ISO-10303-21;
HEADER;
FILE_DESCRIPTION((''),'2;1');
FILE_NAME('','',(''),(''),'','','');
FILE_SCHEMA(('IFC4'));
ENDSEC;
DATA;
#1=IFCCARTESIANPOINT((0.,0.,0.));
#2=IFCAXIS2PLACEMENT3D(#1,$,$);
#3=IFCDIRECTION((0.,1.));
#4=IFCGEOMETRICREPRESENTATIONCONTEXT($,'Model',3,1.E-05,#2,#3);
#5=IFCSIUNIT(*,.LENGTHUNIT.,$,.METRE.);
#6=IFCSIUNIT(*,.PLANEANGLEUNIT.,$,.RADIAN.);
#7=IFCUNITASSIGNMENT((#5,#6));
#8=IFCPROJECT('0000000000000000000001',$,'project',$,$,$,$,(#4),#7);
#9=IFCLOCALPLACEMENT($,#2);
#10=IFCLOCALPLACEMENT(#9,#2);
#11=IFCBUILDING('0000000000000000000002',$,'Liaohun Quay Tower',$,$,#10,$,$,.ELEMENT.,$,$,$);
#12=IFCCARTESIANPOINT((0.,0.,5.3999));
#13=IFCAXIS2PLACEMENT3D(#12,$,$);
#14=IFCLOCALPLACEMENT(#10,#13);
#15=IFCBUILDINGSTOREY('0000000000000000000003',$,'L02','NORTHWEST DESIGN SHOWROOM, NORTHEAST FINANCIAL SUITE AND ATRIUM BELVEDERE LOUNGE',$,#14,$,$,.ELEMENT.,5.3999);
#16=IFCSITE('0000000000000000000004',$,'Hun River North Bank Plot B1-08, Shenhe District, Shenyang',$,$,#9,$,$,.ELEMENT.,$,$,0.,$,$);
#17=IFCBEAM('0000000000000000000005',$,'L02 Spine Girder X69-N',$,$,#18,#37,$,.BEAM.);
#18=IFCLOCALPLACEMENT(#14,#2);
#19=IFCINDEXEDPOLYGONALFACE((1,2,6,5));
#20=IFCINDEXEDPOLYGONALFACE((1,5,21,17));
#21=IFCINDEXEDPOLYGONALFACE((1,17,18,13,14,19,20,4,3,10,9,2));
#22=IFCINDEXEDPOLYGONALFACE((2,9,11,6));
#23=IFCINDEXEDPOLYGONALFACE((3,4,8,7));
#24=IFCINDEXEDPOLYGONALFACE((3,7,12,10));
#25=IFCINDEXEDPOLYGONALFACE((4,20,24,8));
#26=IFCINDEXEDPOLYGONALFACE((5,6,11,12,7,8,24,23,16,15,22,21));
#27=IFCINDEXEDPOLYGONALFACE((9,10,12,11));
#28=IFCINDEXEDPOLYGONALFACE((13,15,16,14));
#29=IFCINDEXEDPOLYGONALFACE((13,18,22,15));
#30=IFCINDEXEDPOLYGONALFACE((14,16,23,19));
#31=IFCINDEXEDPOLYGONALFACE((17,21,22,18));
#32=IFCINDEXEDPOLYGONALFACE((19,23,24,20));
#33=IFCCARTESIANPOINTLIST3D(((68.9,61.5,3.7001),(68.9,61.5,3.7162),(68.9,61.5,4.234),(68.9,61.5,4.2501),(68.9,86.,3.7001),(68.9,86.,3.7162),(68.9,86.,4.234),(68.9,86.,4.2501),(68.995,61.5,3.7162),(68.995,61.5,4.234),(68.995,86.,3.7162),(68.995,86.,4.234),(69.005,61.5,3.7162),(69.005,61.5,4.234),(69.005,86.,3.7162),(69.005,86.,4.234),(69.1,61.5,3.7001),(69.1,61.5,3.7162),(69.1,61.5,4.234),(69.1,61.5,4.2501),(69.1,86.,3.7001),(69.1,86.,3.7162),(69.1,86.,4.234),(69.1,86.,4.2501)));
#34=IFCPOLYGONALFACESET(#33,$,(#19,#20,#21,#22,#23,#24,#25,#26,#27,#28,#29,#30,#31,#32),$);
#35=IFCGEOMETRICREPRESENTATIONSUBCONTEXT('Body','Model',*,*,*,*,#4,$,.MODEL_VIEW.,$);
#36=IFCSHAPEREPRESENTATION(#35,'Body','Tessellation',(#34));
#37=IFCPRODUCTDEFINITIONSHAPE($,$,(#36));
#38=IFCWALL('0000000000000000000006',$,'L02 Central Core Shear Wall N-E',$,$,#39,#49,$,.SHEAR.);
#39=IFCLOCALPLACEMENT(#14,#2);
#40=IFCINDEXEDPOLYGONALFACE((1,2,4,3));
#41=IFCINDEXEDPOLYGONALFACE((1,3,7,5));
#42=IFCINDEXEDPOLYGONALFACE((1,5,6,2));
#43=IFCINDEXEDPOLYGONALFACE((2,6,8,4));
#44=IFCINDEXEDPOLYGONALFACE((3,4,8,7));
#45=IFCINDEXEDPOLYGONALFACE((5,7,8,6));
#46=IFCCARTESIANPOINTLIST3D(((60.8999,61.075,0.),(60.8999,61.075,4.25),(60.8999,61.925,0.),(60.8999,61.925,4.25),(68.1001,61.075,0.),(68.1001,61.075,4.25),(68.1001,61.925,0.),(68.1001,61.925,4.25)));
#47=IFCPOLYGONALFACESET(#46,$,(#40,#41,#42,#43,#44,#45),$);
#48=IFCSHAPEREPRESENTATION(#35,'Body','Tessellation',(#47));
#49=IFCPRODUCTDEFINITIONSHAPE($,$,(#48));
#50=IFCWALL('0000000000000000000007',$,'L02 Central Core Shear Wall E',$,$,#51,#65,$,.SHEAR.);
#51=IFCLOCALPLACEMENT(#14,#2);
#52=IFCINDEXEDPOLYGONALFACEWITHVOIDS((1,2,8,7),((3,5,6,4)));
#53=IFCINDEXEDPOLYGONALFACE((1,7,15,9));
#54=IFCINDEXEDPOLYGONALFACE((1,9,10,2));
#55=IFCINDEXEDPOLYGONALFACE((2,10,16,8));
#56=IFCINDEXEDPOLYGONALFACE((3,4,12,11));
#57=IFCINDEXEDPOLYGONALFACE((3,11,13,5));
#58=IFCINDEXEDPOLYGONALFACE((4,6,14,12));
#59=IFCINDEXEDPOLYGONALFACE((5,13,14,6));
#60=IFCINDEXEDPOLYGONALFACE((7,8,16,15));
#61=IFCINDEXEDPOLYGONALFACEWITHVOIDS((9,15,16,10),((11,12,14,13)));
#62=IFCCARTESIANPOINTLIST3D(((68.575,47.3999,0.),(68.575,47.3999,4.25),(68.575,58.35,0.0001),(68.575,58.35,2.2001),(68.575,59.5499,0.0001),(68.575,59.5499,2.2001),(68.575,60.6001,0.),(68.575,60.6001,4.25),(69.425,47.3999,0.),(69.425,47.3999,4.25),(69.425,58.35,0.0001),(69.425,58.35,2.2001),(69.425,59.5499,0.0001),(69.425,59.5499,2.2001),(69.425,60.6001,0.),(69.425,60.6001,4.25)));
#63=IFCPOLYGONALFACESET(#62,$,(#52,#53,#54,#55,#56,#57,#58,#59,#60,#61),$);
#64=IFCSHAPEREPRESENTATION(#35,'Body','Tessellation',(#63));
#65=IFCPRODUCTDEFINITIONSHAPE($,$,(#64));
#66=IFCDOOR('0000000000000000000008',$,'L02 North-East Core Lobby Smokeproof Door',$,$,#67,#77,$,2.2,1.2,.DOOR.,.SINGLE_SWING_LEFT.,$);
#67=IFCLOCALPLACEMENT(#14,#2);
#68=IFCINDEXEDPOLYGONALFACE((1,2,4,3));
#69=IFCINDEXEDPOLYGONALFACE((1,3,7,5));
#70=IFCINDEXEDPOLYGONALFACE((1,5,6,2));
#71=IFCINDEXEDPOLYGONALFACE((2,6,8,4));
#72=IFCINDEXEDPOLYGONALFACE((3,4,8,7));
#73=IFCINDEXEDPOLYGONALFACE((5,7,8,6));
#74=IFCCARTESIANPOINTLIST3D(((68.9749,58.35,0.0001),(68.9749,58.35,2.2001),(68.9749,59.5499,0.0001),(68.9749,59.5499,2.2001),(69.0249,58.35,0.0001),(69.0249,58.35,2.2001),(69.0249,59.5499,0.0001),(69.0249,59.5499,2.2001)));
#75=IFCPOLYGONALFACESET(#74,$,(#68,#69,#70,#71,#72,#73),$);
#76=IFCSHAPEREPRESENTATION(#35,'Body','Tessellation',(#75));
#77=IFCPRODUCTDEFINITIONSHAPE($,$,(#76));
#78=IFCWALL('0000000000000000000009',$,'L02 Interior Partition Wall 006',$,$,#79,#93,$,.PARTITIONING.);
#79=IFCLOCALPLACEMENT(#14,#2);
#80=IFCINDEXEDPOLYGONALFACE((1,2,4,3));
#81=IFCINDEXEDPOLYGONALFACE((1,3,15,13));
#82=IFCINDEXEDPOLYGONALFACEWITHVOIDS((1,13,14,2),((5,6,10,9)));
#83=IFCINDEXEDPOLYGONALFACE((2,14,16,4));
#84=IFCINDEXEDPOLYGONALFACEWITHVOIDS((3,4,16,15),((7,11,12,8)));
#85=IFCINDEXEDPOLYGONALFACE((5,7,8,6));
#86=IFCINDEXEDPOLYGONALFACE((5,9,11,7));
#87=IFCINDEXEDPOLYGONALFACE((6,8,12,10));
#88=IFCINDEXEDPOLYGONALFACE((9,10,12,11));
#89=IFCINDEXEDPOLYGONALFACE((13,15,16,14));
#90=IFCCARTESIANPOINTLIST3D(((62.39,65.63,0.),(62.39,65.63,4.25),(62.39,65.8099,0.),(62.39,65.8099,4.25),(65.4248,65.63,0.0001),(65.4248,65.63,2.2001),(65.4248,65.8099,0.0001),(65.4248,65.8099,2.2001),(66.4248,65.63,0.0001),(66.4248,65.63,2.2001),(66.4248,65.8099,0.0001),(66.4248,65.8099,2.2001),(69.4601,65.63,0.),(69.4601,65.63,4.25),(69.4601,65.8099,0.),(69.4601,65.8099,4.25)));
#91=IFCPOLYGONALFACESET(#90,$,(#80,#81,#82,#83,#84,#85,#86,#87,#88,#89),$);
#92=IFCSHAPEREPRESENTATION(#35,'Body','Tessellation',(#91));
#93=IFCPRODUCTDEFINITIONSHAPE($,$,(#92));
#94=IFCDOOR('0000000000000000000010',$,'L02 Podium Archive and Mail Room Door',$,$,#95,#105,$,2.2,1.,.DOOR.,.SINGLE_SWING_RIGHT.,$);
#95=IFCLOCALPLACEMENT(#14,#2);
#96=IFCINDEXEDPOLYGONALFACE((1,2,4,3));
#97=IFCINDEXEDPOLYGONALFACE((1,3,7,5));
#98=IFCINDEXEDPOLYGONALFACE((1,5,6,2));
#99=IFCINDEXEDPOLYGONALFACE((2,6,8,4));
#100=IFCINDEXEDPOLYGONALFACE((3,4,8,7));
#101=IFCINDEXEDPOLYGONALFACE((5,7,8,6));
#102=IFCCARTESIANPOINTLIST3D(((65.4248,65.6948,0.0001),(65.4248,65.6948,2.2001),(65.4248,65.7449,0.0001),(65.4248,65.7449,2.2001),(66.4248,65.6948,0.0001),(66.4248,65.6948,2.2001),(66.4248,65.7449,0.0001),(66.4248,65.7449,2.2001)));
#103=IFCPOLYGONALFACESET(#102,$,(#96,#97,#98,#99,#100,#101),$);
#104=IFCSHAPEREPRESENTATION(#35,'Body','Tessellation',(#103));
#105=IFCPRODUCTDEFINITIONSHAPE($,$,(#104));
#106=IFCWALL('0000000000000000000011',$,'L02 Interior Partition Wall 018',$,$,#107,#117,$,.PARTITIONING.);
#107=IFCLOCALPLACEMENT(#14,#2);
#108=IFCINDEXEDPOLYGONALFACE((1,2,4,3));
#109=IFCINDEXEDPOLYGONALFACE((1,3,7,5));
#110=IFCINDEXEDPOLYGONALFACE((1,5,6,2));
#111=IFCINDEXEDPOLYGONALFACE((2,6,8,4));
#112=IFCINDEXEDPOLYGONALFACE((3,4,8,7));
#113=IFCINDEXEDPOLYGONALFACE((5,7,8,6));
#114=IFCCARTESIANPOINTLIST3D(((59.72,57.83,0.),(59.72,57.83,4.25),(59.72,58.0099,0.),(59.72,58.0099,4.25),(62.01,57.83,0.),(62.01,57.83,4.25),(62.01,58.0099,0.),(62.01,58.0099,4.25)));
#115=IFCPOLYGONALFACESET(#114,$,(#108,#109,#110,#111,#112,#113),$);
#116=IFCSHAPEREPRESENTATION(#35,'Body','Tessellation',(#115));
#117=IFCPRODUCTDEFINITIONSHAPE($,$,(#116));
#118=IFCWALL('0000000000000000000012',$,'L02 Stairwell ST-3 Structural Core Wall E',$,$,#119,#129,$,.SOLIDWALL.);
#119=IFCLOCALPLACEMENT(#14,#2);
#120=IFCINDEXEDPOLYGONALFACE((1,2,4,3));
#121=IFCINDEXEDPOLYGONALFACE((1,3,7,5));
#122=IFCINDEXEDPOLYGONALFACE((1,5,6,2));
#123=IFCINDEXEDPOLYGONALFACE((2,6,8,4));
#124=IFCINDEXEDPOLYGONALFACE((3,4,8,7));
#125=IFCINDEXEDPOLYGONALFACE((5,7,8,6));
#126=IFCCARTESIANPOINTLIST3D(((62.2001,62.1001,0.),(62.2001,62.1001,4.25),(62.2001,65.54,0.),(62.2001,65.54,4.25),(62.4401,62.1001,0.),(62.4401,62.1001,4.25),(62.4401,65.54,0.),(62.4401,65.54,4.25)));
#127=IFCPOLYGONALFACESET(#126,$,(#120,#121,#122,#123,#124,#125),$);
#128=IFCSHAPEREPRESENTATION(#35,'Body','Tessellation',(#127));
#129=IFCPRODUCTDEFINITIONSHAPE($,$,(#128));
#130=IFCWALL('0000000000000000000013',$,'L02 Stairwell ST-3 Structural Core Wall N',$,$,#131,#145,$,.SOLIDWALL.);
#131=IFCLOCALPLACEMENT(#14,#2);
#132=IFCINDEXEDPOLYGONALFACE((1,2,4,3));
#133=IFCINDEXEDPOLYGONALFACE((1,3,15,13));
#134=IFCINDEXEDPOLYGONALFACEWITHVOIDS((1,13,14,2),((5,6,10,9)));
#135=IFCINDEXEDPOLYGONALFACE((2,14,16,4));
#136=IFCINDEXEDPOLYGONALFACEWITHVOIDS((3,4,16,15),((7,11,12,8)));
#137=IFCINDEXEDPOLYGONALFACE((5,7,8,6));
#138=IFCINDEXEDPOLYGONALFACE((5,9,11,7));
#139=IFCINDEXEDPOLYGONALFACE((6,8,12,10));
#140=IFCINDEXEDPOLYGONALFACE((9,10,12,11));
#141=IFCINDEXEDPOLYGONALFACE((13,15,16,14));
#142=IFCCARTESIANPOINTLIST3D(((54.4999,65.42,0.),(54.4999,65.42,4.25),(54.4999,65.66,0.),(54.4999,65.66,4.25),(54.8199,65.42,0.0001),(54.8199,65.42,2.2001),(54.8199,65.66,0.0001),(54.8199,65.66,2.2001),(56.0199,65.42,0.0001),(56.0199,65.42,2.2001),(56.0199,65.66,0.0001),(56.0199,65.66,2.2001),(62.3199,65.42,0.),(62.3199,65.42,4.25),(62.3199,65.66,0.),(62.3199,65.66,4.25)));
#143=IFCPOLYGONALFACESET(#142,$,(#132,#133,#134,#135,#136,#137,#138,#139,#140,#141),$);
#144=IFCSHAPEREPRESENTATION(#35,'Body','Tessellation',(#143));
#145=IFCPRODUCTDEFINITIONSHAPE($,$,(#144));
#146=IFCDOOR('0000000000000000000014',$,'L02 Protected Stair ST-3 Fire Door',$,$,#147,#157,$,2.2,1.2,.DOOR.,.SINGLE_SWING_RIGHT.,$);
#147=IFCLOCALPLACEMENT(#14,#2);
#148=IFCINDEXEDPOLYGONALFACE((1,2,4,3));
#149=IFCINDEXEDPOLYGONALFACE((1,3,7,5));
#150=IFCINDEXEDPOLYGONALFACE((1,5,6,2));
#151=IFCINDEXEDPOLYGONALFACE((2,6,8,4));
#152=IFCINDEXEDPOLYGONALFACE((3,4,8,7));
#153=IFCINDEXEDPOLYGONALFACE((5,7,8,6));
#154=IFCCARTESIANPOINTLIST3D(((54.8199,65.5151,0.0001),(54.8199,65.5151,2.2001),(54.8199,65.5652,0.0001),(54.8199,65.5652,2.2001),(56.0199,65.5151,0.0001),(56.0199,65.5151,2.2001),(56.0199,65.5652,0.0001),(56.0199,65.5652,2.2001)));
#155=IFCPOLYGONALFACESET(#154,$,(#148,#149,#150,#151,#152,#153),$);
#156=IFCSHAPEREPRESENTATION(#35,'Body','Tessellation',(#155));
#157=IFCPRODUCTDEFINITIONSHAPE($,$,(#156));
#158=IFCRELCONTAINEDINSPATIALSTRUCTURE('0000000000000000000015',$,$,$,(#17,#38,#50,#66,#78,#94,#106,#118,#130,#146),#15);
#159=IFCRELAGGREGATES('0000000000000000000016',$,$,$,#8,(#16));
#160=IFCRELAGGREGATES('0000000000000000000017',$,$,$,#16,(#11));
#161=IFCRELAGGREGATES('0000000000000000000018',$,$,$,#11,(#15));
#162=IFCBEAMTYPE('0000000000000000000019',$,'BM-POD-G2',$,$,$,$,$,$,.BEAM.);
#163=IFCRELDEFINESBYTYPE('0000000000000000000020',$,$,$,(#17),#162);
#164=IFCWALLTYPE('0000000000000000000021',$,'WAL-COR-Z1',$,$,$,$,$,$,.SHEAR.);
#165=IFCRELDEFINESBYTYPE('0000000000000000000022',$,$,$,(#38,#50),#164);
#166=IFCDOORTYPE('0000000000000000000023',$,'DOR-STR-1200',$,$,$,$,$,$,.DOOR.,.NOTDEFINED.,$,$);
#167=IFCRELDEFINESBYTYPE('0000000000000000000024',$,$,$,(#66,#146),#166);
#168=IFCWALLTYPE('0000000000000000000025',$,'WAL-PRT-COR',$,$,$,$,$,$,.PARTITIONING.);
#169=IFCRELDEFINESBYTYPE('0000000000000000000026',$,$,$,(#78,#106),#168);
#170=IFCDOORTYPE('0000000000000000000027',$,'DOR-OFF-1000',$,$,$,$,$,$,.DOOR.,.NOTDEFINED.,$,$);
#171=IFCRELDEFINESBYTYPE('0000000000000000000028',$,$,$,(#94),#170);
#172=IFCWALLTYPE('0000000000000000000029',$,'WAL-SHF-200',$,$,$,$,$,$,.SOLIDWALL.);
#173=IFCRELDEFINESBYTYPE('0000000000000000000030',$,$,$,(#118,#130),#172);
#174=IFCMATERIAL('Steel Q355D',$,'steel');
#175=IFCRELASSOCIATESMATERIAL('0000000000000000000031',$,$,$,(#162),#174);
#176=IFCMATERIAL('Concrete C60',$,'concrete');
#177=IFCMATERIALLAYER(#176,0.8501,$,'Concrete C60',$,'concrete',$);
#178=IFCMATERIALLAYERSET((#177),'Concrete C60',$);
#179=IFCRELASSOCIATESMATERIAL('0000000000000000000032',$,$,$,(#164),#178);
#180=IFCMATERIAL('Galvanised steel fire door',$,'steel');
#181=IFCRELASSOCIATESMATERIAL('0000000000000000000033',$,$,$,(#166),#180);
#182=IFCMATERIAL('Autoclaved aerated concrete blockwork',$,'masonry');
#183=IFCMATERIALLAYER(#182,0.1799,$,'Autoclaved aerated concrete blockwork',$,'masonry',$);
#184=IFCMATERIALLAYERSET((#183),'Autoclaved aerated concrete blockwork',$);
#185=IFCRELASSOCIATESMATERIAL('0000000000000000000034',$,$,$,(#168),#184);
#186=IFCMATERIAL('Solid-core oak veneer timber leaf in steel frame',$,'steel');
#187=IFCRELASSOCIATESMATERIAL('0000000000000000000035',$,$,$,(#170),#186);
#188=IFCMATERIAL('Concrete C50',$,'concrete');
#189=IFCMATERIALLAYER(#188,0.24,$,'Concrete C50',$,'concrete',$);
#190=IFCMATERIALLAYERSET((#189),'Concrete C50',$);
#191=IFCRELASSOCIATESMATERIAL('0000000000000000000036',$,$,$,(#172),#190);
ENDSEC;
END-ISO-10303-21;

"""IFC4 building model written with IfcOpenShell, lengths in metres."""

from ifc_helpers import new_model, si_unit, direction, frame, frame_2d, origin, origin_2d, place, context, subcontext, project, spatial, rectangle, i_section, extrude, source, transform, mapped, material, layer, layer_set, material_profile, profile_set, type_object, element, fill, save


model = new_model("IFC4")

# Units and contexts
model_context = context("Model", 3, precision=1e-05, world=origin(), true_north=direction((0.0, 1.0)))
body_context = subcontext(model_context, "Body", "Model", "MODEL_VIEW")
ifc_project = project(units=[si_unit("LENGTHUNIT", "METRE"), si_unit("PLANEANGLEUNIT", "RADIAN")], contexts=[model_context])

# Site, building, storey
site_placement = place(None, origin())
site = spatial("IfcSite", under=ifc_project, at=site_placement, Name="Hun River North Bank Plot B1-08, Shenhe District, Shenyang", CompositionType="ELEMENT", RefElevation=0.0)
building_placement = place(site_placement, origin())
building = spatial("IfcBuilding", under=site, at=building_placement, Name="Liaohun Quay Tower", CompositionType="ELEMENT")
storey_placement = place(building_placement, frame((0.0, 0.0, 5.3999)))
storey = spatial("IfcBuildingStorey", under=building, at=storey_placement, Name="L02", Description="NORTHWEST DESIGN SHOWROOM, NORTHEAST FINANCIAL SUITE AND ATRIUM BELVEDERE LOUNGE", CompositionType="ELEMENT", Elevation=5.3999)

# Shared definitions
ifc_material_1 = material(Name="Concrete C60", Category="concrete")

# Beam
ifc_material_2 = material(Name="Steel Q355D", Category="steel")
ifc_material_profile_1 = material_profile(ifc_material_2, i_section(OverallWidth=0.2, OverallDepth=0.55, WebThickness=0.01, FlangeThickness=0.0161, at=origin_2d()), Name="HN550x200x10x16")
ifc_profile_set_1 = profile_set([ifc_material_profile_1], Name="Steel Q355D")
beam_type_1 = type_object("IfcBeamType", Name="BM-POD-G2", PredefinedType="BEAM", material=ifc_profile_set_1)
shared_shape_1 = source(origin(), body_context, "Body", "SweptSolid", [
    extrude(i_section(OverallWidth=0.2, OverallDepth=0.55, WebThickness=0.01, FlangeThickness=0.0161, at=origin_2d()), origin(), (0.0, 0.0, 1.0), 24.5),
])
beam_1_placement = place(storey_placement, frame((69.0, 61.5, 3.9751), z_axis=(0.0, 1.0, 0.0), x_axis=(-1.0, 0.0, 0.0)))
element("IfcBeam", 1, at=beam_1_placement, inside=storey, type_object=beam_type_1, Name="L02 Spine Girder X69-N", PredefinedType="BEAM", context=body_context, shape_type="MappedRepresentation", body=[
    mapped(shared_shape_1, transform((0.0, 0.0, 0.0), x_axis=(1.0, 0.0, 0.0), y_axis=(0.0, 1.0, 0.0), z_axis=(0.0, 0.0, 1.0), scale=1.0)),
])

# Wall
ifc_layer_1 = layer(ifc_material_1, 0.8501, Name="Concrete C60", Category="concrete")
ifc_layer_set_1 = layer_set([ifc_layer_1], Name="Concrete C60")
wall_type_1 = type_object("IfcWallType", Name="WAL-COR-Z1", PredefinedType="SHEAR", material=ifc_layer_set_1)
wall_1_placement = place(storey_placement, frame((60.8999, 61.5, 0.0), z_axis=(0.0, 0.0, 1.0), x_axis=(1.0, 0.0, 0.0)))
element("IfcWall", 2, at=wall_1_placement, inside=storey, type_object=wall_type_1, Name="L02 Central Core Shear Wall N-E", PredefinedType="SHEAR", context=body_context, shape_type="SweptSolid", body=[
    extrude(rectangle(XDim=7.2002, YDim=0.8501, at=frame_2d((3.6001, 0.0))), origin(), (0.0, 0.0, 1.0), 4.25),
])

# Walls, openings, doors
wall_2_placement = place(storey_placement, frame((69.0, 60.6001, 0.0), z_axis=(0.0, 0.0, 1.0), x_axis=(0.0, -1.0, 0.0)))
wall_2 = element("IfcWall", 3, at=wall_2_placement, inside=storey, type_object=wall_type_1, Name="L02 Central Core Shear Wall E", PredefinedType="SHEAR", context=body_context, shape_type="SweptSolid", body=[
    extrude(rectangle(XDim=13.2002, YDim=0.8501, at=frame_2d((6.6001, 0.0))), origin(), (0.0, 0.0, 1.0), 4.25),
])
shared_shape_2 = source(origin(), body_context, "Body", "SweptSolid", [
    extrude(rectangle(XDim=1.2, YDim=2.2, at=frame_2d((0.6001, 1.1001))), frame((0.0, 0.4351, 0.0), z_axis=(0.0, -1.0, 0.0), x_axis=(1.0, 0.0, 0.0)), (0.0, 0.0, 1.0), 0.8701),
])
opening_1_placement = place(wall_2_placement, frame((1.05, 0.0, 0.0)))
opening_1 = element("IfcOpeningElement", 4, at=opening_1_placement, cuts=wall_2, PredefinedType="OPENING", context=body_context, shape_type="MappedRepresentation", body=[
    mapped(shared_shape_2, transform((0.0, 0.0, 0.0), x_axis=(1.0, 0.0, 0.0), y_axis=(0.0, 1.0, 0.0), z_axis=(0.0, 0.0, 1.0), scale=1.0)),
])
ifc_material_3 = material(Name="Galvanised steel fire door", Category="steel")
door_type_1 = type_object("IfcDoorType", Name="DOR-STR-1200", OperationType="NOTDEFINED", PredefinedType="DOOR", material=ifc_material_3)
shared_shape_3 = source(origin(), body_context, "Body", "SweptSolid", [
    extrude(rectangle(XDim=1.2, YDim=2.2, at=frame_2d((0.6001, 1.1001))), frame((0.0, 0.0249, 0.0), z_axis=(0.0, -1.0, 0.0), x_axis=(1.0, 0.0, 0.0)), (0.0, 0.0, 1.0), 0.05),
])
door_1_placement = place(opening_1_placement, origin())
door_1 = element("IfcDoor", 5, at=door_1_placement, inside=storey, type_object=door_type_1, Name="L02 North-East Core Lobby Smokeproof Door", OperationType="SINGLE_SWING_LEFT", OverallHeight=2.2, OverallWidth=1.2, PredefinedType="DOOR", context=body_context, shape_type="MappedRepresentation", body=[
    mapped(shared_shape_3, transform((0.0, 0.0, 0.0), x_axis=(1.0, 0.0, 0.0), y_axis=(0.0, 1.0, 0.0), z_axis=(0.0, 0.0, 1.0), scale=1.0)),
])
fill(opening_1, door_1)
ifc_material_4 = material(Name="Autoclaved aerated concrete blockwork", Category="masonry")
ifc_layer_2 = layer(ifc_material_4, 0.1799, Name="Autoclaved aerated concrete blockwork", Category="masonry")
ifc_layer_set_2 = layer_set([ifc_layer_2], Name="Autoclaved aerated concrete blockwork")
wall_type_2 = type_object("IfcWallType", Name="WAL-PRT-COR", PredefinedType="PARTITIONING", material=ifc_layer_set_2)
wall_3_placement = place(storey_placement, frame((62.3899, 65.72, 0.0), z_axis=(0.0, 0.0, 1.0), x_axis=(1.0, 0.0, 0.0)))
wall_3 = element("IfcWall", 6, at=wall_3_placement, inside=storey, type_object=wall_type_2, Name="L02 Interior Partition Wall 006", PredefinedType="PARTITIONING", context=body_context, shape_type="SweptSolid", body=[
    extrude(rectangle(XDim=7.0701, YDim=0.1799, at=frame_2d((3.5352, 0.0))), origin(), (0.0, 0.0, 1.0), 4.25),
])
shared_shape_4 = source(origin(), body_context, "Body", "SweptSolid", [
    extrude(rectangle(XDim=1.0, YDim=2.2, at=frame_2d((0.5, 1.1001))), frame((0.0, 0.0999, 0.0), z_axis=(0.0, -1.0, 0.0), x_axis=(1.0, 0.0, 0.0)), (0.0, 0.0, 1.0), 0.2),
])
opening_2_placement = place(wall_3_placement, frame((3.0349, 0.0, 0.0)))
opening_2 = element("IfcOpeningElement", 7, at=opening_2_placement, cuts=wall_3, PredefinedType="OPENING", context=body_context, shape_type="MappedRepresentation", body=[
    mapped(shared_shape_4, transform((0.0, 0.0, 0.0), x_axis=(1.0, 0.0, 0.0), y_axis=(0.0, 1.0, 0.0), z_axis=(0.0, 0.0, 1.0), scale=1.0)),
])
ifc_material_5 = material(Name="Solid-core oak veneer timber leaf in steel frame", Category="steel")
door_type_2 = type_object("IfcDoorType", Name="DOR-OFF-1000", OperationType="NOTDEFINED", PredefinedType="DOOR", material=ifc_material_5)
shared_shape_5 = source(origin(), body_context, "Body", "SweptSolid", [
    extrude(rectangle(XDim=1.0, YDim=2.2, at=frame_2d((0.5, 1.1001))), frame((0.0, 0.0249, 0.0), z_axis=(0.0, -1.0, 0.0), x_axis=(1.0, 0.0, 0.0)), (0.0, 0.0, 1.0), 0.05),
])
door_2_placement = place(opening_2_placement, origin())
door_2 = element("IfcDoor", 8, at=door_2_placement, inside=storey, type_object=door_type_2, Name="L02 Podium Archive and Mail Room Door", OperationType="SINGLE_SWING_RIGHT", OverallHeight=2.2, OverallWidth=1.0, PredefinedType="DOOR", context=body_context, shape_type="MappedRepresentation", body=[
    mapped(shared_shape_5, transform((0.0, 0.0, 0.0), x_axis=(1.0, 0.0, 0.0), y_axis=(0.0, 1.0, 0.0), z_axis=(0.0, 0.0, 1.0), scale=1.0)),
])
fill(opening_2, door_2)

# Walls
wall_4_placement = place(storey_placement, frame((59.72, 57.9199, 0.0), z_axis=(0.0, 0.0, 1.0), x_axis=(1.0, 0.0, 0.0)))
element("IfcWall", 9, at=wall_4_placement, inside=storey, type_object=wall_type_2, Name="L02 Interior Partition Wall 018", PredefinedType="PARTITIONING", context=body_context, shape_type="SweptSolid", body=[
    extrude(rectangle(XDim=2.29, YDim=0.1799, at=frame_2d((1.145, 0.0))), origin(), (0.0, 0.0, 1.0), 4.25),
])
ifc_material_6 = material(Name="Concrete C50", Category="concrete")
ifc_layer_3 = layer(ifc_material_6, 0.24, Name="Concrete C50", Category="concrete")
ifc_layer_set_3 = layer_set([ifc_layer_3], Name="Concrete C50")
wall_type_3 = type_object("IfcWallType", Name="WAL-SHF-200", PredefinedType="SOLIDWALL", material=ifc_layer_set_3)
wall_5_placement = place(storey_placement, frame((62.3201, 62.1001, 0.0), z_axis=(0.0, 0.0, 1.0), x_axis=(0.0, 1.0, 0.0)))
element("IfcWall", 10, at=wall_5_placement, inside=storey, type_object=wall_type_3, Name="L02 Stairwell ST-3 Structural Core Wall E", PredefinedType="SOLIDWALL", context=body_context, shape_type="SweptSolid", body=[
    extrude(rectangle(XDim=3.4399, YDim=0.24, at=frame_2d((1.72, 0.0))), origin(), (0.0, 0.0, 1.0), 4.25),
])

# Wall, opening, door
wall_6_placement = place(storey_placement, frame((62.3201, 65.54, 0.0), z_axis=(0.0, 0.0, 1.0), x_axis=(-1.0, 0.0, 0.0)))
wall_6 = element("IfcWall", 11, at=wall_6_placement, inside=storey, type_object=wall_type_3, Name="L02 Stairwell ST-3 Structural Core Wall N", PredefinedType="SOLIDWALL", context=body_context, shape_type="SweptSolid", body=[
    extrude(rectangle(XDim=7.8201, YDim=0.24, at=frame_2d((3.9102, 0.0))), origin(), (0.0, 0.0, 1.0), 4.25),
])
shared_shape_6 = source(origin(), body_context, "Body", "SweptSolid", [
    extrude(rectangle(XDim=1.2, YDim=2.2, at=frame_2d((0.6001, 1.1001))), frame((0.0, 0.1299, 0.0), z_axis=(0.0, -1.0, 0.0), x_axis=(1.0, 0.0, 0.0)), (0.0, 0.0, 1.0), 0.26),
])
opening_3_placement = place(wall_6_placement, frame((6.3, 0.0, 0.0)))
opening_3 = element("IfcOpeningElement", 12, at=opening_3_placement, cuts=wall_6, PredefinedType="OPENING", context=body_context, shape_type="MappedRepresentation", body=[
    mapped(shared_shape_6, transform((0.0, 0.0, 0.0), x_axis=(1.0, 0.0, 0.0), y_axis=(0.0, 1.0, 0.0), z_axis=(0.0, 0.0, 1.0), scale=1.0)),
])
door_3_placement = place(opening_3_placement, origin())
door_3 = element("IfcDoor", 13, at=door_3_placement, inside=storey, type_object=door_type_1, Name="L02 Protected Stair ST-3 Fire Door", OperationType="SINGLE_SWING_RIGHT", OverallHeight=2.2, OverallWidth=1.2, PredefinedType="DOOR", context=body_context, shape_type="MappedRepresentation", body=[
    mapped(shared_shape_3, transform((0.0, 0.0, 0.0), x_axis=(1.0, 0.0, 0.0), y_axis=(0.0, 1.0, 0.0), z_axis=(0.0, 0.0, 1.0), scale=1.0)),
])
fill(opening_3, door_3)

save(model, "model.ifc")
